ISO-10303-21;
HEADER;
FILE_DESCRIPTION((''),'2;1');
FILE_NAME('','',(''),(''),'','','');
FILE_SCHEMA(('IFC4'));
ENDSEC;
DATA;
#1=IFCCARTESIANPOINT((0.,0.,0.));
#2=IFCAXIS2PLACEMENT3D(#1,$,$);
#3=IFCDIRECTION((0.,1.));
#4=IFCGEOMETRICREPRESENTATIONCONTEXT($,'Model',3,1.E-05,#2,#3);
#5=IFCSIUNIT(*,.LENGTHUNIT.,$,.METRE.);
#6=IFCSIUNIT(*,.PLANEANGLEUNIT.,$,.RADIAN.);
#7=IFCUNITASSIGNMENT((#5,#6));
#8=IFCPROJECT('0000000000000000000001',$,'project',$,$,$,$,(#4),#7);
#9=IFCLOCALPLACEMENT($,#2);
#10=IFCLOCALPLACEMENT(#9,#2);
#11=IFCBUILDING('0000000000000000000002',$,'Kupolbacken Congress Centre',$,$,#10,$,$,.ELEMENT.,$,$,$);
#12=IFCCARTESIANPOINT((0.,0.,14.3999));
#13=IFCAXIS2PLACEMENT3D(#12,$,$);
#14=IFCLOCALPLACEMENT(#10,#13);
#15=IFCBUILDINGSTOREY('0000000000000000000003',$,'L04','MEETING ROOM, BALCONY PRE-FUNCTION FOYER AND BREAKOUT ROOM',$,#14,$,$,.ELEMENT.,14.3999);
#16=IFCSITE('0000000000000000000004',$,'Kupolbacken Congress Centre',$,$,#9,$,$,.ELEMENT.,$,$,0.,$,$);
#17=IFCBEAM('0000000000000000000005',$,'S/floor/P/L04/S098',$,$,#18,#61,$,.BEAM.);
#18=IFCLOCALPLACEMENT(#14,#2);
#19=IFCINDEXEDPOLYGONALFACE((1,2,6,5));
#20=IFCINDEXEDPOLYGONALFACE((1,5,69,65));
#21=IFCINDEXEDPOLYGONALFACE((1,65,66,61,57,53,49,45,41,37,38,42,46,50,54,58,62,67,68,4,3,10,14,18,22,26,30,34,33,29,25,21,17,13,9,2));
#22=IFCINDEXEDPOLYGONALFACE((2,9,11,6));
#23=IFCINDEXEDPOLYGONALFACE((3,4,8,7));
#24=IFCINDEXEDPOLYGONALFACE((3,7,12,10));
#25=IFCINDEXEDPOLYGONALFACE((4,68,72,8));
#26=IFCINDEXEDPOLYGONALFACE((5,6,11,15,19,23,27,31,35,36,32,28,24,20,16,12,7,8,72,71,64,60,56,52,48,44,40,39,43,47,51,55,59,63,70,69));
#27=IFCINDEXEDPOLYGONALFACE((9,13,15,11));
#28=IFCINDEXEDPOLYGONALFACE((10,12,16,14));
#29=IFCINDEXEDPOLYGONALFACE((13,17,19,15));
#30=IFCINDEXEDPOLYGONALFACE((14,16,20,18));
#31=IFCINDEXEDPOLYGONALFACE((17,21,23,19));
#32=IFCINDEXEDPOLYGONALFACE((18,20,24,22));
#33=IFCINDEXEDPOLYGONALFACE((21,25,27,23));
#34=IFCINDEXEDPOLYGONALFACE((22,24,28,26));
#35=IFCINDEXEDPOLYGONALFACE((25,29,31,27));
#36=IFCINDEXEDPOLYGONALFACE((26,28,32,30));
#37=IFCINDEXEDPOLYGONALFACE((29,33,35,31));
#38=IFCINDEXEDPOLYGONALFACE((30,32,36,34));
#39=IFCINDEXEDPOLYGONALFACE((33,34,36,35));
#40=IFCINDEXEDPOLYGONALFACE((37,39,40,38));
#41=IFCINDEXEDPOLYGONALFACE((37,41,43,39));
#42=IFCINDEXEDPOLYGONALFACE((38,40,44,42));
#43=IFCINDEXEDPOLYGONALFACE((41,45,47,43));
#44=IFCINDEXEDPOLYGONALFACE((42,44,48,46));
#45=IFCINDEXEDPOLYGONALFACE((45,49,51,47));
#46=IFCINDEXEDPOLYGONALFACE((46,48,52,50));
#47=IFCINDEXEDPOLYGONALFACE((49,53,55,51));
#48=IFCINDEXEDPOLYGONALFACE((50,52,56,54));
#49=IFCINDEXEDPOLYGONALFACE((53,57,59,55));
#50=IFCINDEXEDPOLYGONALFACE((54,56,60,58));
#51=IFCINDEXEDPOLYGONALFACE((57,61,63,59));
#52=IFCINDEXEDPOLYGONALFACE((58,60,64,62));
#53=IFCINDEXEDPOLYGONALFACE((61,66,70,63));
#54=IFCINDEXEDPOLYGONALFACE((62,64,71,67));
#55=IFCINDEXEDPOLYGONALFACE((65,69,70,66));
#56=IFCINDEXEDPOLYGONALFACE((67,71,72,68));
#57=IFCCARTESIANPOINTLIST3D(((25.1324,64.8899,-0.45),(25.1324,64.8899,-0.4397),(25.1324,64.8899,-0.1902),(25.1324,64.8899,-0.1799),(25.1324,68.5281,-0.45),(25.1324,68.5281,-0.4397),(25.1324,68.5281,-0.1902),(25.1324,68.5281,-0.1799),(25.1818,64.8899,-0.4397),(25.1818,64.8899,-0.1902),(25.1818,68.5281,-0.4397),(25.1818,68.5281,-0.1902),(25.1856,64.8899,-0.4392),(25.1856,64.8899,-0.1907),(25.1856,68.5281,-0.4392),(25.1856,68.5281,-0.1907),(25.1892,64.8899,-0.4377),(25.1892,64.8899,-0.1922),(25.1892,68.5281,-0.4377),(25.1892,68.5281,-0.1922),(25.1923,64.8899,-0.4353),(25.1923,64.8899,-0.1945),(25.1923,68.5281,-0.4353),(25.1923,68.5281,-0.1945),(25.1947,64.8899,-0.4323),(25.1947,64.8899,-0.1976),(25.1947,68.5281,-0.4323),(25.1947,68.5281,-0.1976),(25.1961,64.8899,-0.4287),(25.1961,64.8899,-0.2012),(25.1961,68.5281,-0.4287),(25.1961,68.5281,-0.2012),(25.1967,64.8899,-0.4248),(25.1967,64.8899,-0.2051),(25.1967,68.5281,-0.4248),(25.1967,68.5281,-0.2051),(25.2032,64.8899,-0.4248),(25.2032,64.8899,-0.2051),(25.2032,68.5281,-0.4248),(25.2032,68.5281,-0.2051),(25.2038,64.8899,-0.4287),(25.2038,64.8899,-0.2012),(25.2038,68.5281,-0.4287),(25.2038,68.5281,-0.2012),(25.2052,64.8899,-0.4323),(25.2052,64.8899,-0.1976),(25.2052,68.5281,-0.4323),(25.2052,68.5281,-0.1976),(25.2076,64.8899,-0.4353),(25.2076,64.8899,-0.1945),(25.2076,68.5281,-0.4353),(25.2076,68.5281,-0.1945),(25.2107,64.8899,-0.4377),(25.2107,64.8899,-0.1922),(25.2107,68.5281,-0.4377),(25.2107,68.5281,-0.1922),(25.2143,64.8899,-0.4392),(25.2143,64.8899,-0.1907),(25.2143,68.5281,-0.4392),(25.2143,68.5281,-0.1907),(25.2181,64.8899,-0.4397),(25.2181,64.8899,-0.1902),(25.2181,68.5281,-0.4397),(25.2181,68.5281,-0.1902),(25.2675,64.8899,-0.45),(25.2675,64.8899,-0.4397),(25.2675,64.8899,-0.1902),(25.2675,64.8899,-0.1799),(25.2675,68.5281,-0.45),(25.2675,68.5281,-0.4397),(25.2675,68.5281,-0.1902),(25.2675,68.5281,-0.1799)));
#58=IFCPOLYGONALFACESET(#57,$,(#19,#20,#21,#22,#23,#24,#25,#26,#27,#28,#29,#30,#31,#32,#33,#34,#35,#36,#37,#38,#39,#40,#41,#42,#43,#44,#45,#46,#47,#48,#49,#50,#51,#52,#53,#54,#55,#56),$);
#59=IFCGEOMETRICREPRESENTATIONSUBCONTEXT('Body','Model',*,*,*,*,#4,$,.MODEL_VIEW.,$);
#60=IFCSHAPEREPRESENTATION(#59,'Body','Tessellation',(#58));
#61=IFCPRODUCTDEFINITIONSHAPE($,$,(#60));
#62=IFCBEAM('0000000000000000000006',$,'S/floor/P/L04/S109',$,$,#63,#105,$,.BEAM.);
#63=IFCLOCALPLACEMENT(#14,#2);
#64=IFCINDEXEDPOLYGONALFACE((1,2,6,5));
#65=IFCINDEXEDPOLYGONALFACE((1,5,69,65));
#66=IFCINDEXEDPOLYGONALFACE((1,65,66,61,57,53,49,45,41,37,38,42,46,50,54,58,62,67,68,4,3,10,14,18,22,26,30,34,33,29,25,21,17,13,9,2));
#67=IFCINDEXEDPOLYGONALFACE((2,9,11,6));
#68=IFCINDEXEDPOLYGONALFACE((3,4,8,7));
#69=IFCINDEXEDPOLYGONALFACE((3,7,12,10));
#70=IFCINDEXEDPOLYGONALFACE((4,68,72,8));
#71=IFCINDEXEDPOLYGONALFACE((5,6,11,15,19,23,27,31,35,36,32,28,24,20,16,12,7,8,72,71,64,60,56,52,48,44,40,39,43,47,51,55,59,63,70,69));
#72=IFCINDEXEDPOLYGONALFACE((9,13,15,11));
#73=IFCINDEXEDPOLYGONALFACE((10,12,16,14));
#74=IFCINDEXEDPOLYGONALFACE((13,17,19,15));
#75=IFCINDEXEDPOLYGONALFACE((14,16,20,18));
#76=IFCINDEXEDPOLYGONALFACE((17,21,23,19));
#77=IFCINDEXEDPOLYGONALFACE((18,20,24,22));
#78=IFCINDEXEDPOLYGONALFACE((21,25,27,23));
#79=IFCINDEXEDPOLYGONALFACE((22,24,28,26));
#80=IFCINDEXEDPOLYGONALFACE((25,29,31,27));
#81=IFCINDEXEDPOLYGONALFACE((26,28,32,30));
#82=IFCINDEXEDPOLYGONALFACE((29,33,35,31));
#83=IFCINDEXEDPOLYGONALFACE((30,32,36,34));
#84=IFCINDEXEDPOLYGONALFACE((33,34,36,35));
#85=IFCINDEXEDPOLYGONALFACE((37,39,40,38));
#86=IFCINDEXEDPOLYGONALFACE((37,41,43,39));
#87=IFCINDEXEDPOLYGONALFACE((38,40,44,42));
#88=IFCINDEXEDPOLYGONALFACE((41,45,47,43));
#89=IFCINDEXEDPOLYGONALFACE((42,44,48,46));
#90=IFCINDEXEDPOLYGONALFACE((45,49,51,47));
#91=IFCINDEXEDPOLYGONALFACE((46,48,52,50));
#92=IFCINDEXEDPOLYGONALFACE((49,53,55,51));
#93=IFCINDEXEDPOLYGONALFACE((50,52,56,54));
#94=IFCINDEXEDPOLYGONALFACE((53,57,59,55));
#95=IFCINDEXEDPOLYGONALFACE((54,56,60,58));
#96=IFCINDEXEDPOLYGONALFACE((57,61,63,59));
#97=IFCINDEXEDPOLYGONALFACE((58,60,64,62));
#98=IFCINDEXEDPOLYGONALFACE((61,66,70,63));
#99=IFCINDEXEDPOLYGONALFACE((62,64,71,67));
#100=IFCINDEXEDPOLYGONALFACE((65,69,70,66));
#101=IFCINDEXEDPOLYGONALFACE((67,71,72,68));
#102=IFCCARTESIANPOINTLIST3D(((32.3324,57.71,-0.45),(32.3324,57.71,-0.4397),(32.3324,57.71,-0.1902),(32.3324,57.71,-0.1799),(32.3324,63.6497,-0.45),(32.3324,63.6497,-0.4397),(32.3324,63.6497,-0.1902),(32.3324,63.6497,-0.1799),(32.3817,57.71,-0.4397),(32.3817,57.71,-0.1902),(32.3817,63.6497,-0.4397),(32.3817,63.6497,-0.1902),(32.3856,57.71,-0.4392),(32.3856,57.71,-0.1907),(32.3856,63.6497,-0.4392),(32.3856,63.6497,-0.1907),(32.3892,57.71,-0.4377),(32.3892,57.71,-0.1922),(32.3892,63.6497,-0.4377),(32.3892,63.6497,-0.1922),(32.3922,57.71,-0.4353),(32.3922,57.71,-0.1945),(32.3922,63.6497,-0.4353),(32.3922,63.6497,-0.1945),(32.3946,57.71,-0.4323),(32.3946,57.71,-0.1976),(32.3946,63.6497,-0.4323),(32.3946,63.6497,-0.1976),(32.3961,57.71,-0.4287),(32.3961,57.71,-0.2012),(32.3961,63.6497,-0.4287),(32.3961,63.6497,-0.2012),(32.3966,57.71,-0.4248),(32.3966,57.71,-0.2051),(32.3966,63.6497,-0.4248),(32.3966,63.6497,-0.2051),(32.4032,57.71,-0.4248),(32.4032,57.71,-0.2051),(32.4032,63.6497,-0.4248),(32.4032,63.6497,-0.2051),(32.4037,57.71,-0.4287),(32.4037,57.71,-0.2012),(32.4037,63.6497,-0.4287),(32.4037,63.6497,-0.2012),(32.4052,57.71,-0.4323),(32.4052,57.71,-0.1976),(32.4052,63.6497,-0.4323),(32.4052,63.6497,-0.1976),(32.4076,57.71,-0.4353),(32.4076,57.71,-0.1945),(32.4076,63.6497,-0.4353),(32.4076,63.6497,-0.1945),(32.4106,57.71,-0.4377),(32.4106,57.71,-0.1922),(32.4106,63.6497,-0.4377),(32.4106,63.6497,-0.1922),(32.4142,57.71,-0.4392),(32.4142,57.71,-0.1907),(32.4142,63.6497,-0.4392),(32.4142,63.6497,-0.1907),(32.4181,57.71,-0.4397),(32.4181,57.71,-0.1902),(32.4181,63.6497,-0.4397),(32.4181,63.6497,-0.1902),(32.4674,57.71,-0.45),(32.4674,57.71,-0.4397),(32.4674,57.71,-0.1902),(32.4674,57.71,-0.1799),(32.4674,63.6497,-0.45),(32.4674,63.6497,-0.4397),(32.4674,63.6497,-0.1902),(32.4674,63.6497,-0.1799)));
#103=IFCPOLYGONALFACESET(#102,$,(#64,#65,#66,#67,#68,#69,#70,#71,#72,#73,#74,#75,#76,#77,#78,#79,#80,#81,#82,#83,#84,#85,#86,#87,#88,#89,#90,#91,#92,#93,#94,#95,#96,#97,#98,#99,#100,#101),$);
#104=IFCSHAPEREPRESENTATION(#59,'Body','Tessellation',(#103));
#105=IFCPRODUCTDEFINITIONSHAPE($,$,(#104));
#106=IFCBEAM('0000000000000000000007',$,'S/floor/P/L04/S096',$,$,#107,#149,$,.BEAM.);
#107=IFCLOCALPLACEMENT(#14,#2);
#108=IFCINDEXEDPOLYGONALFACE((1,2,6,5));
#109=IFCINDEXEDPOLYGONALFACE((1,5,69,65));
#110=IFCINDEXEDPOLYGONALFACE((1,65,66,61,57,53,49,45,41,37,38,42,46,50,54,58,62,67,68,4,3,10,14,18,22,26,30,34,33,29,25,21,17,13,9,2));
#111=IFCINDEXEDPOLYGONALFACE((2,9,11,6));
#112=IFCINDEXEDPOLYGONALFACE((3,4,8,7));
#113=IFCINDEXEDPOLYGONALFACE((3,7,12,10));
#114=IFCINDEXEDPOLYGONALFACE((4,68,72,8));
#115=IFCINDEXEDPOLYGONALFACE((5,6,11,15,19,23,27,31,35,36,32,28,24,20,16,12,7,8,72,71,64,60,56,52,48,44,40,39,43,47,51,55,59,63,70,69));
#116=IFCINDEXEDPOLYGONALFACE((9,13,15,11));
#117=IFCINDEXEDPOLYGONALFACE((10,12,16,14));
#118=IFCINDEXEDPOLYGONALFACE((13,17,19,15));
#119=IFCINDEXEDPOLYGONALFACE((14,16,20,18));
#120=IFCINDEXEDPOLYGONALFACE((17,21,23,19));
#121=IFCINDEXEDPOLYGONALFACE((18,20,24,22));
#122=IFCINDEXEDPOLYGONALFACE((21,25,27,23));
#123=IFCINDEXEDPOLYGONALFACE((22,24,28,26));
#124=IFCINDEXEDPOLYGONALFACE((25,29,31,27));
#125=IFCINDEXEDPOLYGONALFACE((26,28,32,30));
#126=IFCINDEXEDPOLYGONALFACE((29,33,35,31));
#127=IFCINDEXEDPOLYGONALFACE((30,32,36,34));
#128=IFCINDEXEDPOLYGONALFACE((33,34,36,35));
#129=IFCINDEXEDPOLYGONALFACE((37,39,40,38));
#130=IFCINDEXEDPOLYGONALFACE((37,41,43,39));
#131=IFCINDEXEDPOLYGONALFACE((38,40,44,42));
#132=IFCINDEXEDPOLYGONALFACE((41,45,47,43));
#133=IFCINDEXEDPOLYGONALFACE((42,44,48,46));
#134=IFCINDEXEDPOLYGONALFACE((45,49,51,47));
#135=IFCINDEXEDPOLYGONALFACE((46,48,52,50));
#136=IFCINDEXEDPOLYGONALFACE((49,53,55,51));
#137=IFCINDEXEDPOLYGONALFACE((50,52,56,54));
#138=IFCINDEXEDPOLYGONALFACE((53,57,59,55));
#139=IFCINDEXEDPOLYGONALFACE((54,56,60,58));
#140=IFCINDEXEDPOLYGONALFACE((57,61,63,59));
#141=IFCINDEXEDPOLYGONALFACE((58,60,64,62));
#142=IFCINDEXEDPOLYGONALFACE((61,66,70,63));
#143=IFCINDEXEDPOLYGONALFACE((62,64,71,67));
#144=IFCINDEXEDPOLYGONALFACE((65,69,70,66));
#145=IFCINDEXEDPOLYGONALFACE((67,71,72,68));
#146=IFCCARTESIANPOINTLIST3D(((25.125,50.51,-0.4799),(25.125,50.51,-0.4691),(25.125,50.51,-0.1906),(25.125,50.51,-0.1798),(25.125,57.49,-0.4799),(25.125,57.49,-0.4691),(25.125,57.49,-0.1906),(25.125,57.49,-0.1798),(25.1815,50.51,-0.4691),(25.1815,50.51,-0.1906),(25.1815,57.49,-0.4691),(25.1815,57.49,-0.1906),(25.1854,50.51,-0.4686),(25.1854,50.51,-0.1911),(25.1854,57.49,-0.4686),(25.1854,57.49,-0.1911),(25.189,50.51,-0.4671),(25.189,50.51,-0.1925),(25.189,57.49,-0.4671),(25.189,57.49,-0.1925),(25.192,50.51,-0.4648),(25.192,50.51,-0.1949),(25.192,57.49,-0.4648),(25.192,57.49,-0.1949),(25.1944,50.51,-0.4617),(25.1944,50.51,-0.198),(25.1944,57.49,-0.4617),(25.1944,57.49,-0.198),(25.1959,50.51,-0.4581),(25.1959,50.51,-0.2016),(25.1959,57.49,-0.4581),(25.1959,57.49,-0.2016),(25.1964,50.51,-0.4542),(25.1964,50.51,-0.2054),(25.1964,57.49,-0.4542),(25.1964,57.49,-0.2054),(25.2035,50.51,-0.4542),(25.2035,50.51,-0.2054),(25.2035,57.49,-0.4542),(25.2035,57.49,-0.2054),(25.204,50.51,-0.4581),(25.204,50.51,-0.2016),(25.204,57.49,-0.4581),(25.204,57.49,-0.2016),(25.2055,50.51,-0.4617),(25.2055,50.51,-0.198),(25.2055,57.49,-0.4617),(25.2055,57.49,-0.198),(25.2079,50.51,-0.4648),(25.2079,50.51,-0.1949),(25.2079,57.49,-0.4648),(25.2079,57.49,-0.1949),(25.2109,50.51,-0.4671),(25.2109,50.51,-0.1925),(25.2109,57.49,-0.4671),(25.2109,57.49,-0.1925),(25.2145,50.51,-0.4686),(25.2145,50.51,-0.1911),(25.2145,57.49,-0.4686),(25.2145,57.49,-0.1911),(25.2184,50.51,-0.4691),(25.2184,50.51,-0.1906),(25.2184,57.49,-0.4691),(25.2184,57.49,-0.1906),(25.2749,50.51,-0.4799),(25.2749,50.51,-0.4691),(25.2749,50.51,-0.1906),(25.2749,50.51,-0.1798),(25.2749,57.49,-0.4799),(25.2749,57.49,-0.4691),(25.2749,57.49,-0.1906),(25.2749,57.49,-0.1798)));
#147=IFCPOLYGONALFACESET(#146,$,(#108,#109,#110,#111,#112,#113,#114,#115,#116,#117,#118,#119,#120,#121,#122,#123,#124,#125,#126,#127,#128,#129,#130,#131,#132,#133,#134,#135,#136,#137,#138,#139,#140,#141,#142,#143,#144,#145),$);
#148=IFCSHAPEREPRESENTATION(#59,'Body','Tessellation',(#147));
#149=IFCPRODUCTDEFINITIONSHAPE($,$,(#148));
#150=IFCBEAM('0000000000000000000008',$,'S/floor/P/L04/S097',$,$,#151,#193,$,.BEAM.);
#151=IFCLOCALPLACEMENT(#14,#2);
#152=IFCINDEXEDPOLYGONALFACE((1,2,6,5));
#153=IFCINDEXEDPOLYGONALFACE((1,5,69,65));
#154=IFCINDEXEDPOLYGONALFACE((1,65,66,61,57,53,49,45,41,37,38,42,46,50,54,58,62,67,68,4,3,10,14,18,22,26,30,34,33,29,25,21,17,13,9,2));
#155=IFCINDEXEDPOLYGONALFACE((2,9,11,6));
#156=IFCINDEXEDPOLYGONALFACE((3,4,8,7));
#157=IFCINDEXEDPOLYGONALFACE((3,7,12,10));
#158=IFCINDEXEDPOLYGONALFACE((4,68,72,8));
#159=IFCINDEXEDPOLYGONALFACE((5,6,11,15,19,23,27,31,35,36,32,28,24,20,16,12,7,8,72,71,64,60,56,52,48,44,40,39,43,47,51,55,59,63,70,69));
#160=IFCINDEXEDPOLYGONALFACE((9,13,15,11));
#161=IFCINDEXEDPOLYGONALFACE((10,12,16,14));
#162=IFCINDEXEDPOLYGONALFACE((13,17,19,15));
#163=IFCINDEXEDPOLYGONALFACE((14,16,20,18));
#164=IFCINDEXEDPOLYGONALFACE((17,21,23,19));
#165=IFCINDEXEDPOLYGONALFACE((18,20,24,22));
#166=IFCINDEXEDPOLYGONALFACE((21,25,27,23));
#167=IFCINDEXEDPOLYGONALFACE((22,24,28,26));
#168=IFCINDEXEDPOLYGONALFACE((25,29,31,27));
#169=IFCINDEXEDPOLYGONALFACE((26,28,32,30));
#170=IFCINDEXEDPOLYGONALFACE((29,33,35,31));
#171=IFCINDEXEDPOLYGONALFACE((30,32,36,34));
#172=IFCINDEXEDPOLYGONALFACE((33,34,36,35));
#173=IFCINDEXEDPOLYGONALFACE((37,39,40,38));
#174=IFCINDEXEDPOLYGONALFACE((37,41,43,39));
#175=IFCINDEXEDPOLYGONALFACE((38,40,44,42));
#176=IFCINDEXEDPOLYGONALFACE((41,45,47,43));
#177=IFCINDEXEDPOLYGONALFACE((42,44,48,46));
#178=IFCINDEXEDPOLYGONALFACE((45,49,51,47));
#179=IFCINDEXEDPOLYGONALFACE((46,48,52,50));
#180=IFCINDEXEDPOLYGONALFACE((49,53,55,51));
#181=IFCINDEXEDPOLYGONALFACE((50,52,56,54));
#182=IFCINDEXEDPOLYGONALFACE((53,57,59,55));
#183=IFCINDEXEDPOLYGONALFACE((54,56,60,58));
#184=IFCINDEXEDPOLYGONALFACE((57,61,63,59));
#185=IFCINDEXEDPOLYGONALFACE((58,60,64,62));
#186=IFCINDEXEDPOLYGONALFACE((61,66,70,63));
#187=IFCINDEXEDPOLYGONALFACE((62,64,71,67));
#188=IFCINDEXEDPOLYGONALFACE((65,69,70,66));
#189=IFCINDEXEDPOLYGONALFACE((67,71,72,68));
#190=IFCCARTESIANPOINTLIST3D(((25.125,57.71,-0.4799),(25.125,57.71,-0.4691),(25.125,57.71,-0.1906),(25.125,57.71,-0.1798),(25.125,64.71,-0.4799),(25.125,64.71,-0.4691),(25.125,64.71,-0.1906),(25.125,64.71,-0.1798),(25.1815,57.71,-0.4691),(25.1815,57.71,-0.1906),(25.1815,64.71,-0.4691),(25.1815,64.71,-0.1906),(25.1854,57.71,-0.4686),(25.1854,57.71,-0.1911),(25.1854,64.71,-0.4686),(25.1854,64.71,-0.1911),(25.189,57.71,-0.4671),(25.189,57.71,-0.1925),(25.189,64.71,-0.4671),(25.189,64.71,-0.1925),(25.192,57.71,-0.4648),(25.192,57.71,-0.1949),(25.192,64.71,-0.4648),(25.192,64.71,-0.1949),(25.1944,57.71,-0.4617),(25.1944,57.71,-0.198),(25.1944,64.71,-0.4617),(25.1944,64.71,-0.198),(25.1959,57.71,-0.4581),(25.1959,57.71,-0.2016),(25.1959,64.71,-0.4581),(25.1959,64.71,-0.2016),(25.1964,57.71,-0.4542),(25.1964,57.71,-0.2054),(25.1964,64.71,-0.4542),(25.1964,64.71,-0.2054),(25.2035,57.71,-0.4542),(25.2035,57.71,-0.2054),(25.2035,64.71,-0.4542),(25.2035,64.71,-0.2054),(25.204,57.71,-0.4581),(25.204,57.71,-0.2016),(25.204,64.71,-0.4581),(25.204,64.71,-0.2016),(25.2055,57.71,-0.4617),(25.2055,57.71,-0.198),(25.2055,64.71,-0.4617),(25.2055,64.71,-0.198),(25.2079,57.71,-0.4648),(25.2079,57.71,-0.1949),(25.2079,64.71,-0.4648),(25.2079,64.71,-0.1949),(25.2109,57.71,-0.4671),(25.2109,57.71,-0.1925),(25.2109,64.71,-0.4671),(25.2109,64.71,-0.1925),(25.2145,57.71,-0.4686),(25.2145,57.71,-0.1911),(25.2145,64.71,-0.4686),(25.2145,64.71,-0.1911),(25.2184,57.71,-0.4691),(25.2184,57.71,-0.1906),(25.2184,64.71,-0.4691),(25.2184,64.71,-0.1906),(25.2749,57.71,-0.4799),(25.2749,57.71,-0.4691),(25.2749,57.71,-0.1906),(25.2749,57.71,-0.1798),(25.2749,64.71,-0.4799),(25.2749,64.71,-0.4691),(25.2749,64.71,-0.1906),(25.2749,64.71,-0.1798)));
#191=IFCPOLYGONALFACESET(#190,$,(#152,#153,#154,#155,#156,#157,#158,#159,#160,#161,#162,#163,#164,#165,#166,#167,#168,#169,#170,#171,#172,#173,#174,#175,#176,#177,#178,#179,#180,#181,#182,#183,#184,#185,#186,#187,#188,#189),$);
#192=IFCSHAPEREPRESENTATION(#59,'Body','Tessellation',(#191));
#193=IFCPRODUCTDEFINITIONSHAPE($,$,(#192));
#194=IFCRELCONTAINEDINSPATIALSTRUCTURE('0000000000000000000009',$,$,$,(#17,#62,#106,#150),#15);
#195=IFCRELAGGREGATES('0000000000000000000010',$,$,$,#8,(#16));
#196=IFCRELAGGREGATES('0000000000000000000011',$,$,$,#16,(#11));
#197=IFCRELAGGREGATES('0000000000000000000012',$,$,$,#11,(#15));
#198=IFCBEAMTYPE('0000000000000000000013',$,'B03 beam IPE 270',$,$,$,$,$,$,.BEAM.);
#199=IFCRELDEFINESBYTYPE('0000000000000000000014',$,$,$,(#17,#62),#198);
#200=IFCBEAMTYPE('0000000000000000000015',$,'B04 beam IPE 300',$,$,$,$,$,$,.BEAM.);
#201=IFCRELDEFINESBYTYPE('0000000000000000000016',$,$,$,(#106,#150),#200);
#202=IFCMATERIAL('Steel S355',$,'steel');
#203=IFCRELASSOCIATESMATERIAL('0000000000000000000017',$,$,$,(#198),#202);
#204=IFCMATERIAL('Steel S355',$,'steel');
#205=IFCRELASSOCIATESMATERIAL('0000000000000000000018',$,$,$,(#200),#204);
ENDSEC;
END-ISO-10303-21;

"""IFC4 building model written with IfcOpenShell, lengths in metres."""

from ifc_helpers import new_model, si_unit, direction, frame, origin, origin_2d, place, context, subcontext, project, spatial, i_section, extrude, material, material_profile, profile_set, type_object, element, save


model = new_model("IFC4")

# Units and contexts
model_context = context("Model", 3, precision=1e-05, world=origin(), true_north=direction((0.0, 1.0)))
body_context = subcontext(model_context, "Body", "Model", "MODEL_VIEW")
ifc_project = project(units=[si_unit("LENGTHUNIT", "METRE"), si_unit("PLANEANGLEUNIT", "RADIAN")], contexts=[model_context])

# Site, building, storey
site_placement = place(None, origin())
site = spatial("IfcSite", under=ifc_project, at=site_placement, Name="Kupolbacken Congress Centre", CompositionType="ELEMENT", RefElevation=0.0)
building_placement = place(site_placement, origin())
building = spatial("IfcBuilding", under=site, at=building_placement, Name="Kupolbacken Congress Centre", CompositionType="ELEMENT")
storey_placement = place(building_placement, frame((0.0, 0.0, 14.3999)))
storey = spatial("IfcBuildingStorey", under=building, at=storey_placement, Name="L04", Description="MEETING ROOM, BALCONY PRE-FUNCTION FOYER AND BREAKOUT ROOM", CompositionType="ELEMENT", Elevation=14.3999)

# Beams
ifc_material_1 = material(Name="Steel S355", Category="steel")
ifc_material_profile_1 = material_profile(ifc_material_1, i_section(OverallWidth=0.135, OverallDepth=0.27, WebThickness=0.0066, FlangeThickness=0.0103, FilletRadius=0.0149, at=origin_2d()), Name="IPE 270")
ifc_profile_set_1 = profile_set([ifc_material_profile_1], Name="Steel S355")
beam_type_1 = type_object("IfcBeamType", Name="B03 beam IPE 270", PredefinedType="BEAM", material=ifc_profile_set_1)
beam_1_placement = place(storey_placement, frame((25.2, 64.8899, -0.3149), z_axis=(0.0, 1.0, 0.0), x_axis=(-1.0, 0.0, 0.0)))
element("IfcBeam", 1, at=beam_1_placement, inside=storey, type_object=beam_type_1, Name="S/floor/P/L04/S098", PredefinedType="BEAM", context=body_context, shape_type="SweptSolid", body=[
    extrude(i_section(OverallWidth=0.135, OverallDepth=0.27, WebThickness=0.0066, FlangeThickness=0.0103, FilletRadius=0.0149, at=origin_2d()), origin(), (0.0, 0.0, 1.0), 3.6382),
])
beam_2_placement = place(storey_placement, frame((32.3999, 57.71, -0.3149), z_axis=(0.0, 1.0, 0.0), x_axis=(-1.0, 0.0, 0.0)))
element("IfcBeam", 2, at=beam_2_placement, inside=storey, type_object=beam_type_1, Name="S/floor/P/L04/S109", PredefinedType="BEAM", context=body_context, shape_type="SweptSolid", body=[
    extrude(i_section(OverallWidth=0.135, OverallDepth=0.27, WebThickness=0.0066, FlangeThickness=0.0103, FilletRadius=0.0149, at=origin_2d()), origin(), (0.0, 0.0, 1.0), 5.9397),
])
ifc_material_2 = material(Name="Steel S355", Category="steel")
ifc_material_profile_2 = material_profile(ifc_material_2, i_section(OverallWidth=0.1499, OverallDepth=0.3, WebThickness=0.0071, FlangeThickness=0.0107, FilletRadius=0.0149, at=origin_2d()), Name="IPE 300")
ifc_profile_set_2 = profile_set([ifc_material_profile_2], Name="Steel S355")
beam_type_2 = type_object("IfcBeamType", Name="B04 beam IPE 300", PredefinedType="BEAM", material=ifc_profile_set_2)
beam_3_placement = place(storey_placement, frame((25.2, 50.51, -0.3298), z_axis=(0.0, 1.0, 0.0), x_axis=(-1.0, 0.0, 0.0)))
element("IfcBeam", 3, at=beam_3_placement, inside=storey, type_object=beam_type_2, Name="S/floor/P/L04/S096", PredefinedType="BEAM", context=body_context, shape_type="SweptSolid", body=[
    extrude(i_section(OverallWidth=0.1499, OverallDepth=0.3, WebThickness=0.0071, FlangeThickness=0.0107, FilletRadius=0.0149, at=origin_2d()), origin(), (0.0, 0.0, 1.0), 6.98),
])
beam_4_placement = place(storey_placement, frame((25.2, 57.71, -0.3298), z_axis=(0.0, 1.0, 0.0), x_axis=(-1.0, 0.0, 0.0)))
element("IfcBeam", 4, at=beam_4_placement, inside=storey, type_object=beam_type_2, Name="S/floor/P/L04/S097", PredefinedType="BEAM", context=body_context, shape_type="SweptSolid", body=[
    extrude(i_section(OverallWidth=0.1499, OverallDepth=0.3, WebThickness=0.0071, FlangeThickness=0.0107, FilletRadius=0.0149, at=origin_2d()), origin(), (0.0, 0.0, 1.0), 7.0),
])

save(model, "model.ifc")
